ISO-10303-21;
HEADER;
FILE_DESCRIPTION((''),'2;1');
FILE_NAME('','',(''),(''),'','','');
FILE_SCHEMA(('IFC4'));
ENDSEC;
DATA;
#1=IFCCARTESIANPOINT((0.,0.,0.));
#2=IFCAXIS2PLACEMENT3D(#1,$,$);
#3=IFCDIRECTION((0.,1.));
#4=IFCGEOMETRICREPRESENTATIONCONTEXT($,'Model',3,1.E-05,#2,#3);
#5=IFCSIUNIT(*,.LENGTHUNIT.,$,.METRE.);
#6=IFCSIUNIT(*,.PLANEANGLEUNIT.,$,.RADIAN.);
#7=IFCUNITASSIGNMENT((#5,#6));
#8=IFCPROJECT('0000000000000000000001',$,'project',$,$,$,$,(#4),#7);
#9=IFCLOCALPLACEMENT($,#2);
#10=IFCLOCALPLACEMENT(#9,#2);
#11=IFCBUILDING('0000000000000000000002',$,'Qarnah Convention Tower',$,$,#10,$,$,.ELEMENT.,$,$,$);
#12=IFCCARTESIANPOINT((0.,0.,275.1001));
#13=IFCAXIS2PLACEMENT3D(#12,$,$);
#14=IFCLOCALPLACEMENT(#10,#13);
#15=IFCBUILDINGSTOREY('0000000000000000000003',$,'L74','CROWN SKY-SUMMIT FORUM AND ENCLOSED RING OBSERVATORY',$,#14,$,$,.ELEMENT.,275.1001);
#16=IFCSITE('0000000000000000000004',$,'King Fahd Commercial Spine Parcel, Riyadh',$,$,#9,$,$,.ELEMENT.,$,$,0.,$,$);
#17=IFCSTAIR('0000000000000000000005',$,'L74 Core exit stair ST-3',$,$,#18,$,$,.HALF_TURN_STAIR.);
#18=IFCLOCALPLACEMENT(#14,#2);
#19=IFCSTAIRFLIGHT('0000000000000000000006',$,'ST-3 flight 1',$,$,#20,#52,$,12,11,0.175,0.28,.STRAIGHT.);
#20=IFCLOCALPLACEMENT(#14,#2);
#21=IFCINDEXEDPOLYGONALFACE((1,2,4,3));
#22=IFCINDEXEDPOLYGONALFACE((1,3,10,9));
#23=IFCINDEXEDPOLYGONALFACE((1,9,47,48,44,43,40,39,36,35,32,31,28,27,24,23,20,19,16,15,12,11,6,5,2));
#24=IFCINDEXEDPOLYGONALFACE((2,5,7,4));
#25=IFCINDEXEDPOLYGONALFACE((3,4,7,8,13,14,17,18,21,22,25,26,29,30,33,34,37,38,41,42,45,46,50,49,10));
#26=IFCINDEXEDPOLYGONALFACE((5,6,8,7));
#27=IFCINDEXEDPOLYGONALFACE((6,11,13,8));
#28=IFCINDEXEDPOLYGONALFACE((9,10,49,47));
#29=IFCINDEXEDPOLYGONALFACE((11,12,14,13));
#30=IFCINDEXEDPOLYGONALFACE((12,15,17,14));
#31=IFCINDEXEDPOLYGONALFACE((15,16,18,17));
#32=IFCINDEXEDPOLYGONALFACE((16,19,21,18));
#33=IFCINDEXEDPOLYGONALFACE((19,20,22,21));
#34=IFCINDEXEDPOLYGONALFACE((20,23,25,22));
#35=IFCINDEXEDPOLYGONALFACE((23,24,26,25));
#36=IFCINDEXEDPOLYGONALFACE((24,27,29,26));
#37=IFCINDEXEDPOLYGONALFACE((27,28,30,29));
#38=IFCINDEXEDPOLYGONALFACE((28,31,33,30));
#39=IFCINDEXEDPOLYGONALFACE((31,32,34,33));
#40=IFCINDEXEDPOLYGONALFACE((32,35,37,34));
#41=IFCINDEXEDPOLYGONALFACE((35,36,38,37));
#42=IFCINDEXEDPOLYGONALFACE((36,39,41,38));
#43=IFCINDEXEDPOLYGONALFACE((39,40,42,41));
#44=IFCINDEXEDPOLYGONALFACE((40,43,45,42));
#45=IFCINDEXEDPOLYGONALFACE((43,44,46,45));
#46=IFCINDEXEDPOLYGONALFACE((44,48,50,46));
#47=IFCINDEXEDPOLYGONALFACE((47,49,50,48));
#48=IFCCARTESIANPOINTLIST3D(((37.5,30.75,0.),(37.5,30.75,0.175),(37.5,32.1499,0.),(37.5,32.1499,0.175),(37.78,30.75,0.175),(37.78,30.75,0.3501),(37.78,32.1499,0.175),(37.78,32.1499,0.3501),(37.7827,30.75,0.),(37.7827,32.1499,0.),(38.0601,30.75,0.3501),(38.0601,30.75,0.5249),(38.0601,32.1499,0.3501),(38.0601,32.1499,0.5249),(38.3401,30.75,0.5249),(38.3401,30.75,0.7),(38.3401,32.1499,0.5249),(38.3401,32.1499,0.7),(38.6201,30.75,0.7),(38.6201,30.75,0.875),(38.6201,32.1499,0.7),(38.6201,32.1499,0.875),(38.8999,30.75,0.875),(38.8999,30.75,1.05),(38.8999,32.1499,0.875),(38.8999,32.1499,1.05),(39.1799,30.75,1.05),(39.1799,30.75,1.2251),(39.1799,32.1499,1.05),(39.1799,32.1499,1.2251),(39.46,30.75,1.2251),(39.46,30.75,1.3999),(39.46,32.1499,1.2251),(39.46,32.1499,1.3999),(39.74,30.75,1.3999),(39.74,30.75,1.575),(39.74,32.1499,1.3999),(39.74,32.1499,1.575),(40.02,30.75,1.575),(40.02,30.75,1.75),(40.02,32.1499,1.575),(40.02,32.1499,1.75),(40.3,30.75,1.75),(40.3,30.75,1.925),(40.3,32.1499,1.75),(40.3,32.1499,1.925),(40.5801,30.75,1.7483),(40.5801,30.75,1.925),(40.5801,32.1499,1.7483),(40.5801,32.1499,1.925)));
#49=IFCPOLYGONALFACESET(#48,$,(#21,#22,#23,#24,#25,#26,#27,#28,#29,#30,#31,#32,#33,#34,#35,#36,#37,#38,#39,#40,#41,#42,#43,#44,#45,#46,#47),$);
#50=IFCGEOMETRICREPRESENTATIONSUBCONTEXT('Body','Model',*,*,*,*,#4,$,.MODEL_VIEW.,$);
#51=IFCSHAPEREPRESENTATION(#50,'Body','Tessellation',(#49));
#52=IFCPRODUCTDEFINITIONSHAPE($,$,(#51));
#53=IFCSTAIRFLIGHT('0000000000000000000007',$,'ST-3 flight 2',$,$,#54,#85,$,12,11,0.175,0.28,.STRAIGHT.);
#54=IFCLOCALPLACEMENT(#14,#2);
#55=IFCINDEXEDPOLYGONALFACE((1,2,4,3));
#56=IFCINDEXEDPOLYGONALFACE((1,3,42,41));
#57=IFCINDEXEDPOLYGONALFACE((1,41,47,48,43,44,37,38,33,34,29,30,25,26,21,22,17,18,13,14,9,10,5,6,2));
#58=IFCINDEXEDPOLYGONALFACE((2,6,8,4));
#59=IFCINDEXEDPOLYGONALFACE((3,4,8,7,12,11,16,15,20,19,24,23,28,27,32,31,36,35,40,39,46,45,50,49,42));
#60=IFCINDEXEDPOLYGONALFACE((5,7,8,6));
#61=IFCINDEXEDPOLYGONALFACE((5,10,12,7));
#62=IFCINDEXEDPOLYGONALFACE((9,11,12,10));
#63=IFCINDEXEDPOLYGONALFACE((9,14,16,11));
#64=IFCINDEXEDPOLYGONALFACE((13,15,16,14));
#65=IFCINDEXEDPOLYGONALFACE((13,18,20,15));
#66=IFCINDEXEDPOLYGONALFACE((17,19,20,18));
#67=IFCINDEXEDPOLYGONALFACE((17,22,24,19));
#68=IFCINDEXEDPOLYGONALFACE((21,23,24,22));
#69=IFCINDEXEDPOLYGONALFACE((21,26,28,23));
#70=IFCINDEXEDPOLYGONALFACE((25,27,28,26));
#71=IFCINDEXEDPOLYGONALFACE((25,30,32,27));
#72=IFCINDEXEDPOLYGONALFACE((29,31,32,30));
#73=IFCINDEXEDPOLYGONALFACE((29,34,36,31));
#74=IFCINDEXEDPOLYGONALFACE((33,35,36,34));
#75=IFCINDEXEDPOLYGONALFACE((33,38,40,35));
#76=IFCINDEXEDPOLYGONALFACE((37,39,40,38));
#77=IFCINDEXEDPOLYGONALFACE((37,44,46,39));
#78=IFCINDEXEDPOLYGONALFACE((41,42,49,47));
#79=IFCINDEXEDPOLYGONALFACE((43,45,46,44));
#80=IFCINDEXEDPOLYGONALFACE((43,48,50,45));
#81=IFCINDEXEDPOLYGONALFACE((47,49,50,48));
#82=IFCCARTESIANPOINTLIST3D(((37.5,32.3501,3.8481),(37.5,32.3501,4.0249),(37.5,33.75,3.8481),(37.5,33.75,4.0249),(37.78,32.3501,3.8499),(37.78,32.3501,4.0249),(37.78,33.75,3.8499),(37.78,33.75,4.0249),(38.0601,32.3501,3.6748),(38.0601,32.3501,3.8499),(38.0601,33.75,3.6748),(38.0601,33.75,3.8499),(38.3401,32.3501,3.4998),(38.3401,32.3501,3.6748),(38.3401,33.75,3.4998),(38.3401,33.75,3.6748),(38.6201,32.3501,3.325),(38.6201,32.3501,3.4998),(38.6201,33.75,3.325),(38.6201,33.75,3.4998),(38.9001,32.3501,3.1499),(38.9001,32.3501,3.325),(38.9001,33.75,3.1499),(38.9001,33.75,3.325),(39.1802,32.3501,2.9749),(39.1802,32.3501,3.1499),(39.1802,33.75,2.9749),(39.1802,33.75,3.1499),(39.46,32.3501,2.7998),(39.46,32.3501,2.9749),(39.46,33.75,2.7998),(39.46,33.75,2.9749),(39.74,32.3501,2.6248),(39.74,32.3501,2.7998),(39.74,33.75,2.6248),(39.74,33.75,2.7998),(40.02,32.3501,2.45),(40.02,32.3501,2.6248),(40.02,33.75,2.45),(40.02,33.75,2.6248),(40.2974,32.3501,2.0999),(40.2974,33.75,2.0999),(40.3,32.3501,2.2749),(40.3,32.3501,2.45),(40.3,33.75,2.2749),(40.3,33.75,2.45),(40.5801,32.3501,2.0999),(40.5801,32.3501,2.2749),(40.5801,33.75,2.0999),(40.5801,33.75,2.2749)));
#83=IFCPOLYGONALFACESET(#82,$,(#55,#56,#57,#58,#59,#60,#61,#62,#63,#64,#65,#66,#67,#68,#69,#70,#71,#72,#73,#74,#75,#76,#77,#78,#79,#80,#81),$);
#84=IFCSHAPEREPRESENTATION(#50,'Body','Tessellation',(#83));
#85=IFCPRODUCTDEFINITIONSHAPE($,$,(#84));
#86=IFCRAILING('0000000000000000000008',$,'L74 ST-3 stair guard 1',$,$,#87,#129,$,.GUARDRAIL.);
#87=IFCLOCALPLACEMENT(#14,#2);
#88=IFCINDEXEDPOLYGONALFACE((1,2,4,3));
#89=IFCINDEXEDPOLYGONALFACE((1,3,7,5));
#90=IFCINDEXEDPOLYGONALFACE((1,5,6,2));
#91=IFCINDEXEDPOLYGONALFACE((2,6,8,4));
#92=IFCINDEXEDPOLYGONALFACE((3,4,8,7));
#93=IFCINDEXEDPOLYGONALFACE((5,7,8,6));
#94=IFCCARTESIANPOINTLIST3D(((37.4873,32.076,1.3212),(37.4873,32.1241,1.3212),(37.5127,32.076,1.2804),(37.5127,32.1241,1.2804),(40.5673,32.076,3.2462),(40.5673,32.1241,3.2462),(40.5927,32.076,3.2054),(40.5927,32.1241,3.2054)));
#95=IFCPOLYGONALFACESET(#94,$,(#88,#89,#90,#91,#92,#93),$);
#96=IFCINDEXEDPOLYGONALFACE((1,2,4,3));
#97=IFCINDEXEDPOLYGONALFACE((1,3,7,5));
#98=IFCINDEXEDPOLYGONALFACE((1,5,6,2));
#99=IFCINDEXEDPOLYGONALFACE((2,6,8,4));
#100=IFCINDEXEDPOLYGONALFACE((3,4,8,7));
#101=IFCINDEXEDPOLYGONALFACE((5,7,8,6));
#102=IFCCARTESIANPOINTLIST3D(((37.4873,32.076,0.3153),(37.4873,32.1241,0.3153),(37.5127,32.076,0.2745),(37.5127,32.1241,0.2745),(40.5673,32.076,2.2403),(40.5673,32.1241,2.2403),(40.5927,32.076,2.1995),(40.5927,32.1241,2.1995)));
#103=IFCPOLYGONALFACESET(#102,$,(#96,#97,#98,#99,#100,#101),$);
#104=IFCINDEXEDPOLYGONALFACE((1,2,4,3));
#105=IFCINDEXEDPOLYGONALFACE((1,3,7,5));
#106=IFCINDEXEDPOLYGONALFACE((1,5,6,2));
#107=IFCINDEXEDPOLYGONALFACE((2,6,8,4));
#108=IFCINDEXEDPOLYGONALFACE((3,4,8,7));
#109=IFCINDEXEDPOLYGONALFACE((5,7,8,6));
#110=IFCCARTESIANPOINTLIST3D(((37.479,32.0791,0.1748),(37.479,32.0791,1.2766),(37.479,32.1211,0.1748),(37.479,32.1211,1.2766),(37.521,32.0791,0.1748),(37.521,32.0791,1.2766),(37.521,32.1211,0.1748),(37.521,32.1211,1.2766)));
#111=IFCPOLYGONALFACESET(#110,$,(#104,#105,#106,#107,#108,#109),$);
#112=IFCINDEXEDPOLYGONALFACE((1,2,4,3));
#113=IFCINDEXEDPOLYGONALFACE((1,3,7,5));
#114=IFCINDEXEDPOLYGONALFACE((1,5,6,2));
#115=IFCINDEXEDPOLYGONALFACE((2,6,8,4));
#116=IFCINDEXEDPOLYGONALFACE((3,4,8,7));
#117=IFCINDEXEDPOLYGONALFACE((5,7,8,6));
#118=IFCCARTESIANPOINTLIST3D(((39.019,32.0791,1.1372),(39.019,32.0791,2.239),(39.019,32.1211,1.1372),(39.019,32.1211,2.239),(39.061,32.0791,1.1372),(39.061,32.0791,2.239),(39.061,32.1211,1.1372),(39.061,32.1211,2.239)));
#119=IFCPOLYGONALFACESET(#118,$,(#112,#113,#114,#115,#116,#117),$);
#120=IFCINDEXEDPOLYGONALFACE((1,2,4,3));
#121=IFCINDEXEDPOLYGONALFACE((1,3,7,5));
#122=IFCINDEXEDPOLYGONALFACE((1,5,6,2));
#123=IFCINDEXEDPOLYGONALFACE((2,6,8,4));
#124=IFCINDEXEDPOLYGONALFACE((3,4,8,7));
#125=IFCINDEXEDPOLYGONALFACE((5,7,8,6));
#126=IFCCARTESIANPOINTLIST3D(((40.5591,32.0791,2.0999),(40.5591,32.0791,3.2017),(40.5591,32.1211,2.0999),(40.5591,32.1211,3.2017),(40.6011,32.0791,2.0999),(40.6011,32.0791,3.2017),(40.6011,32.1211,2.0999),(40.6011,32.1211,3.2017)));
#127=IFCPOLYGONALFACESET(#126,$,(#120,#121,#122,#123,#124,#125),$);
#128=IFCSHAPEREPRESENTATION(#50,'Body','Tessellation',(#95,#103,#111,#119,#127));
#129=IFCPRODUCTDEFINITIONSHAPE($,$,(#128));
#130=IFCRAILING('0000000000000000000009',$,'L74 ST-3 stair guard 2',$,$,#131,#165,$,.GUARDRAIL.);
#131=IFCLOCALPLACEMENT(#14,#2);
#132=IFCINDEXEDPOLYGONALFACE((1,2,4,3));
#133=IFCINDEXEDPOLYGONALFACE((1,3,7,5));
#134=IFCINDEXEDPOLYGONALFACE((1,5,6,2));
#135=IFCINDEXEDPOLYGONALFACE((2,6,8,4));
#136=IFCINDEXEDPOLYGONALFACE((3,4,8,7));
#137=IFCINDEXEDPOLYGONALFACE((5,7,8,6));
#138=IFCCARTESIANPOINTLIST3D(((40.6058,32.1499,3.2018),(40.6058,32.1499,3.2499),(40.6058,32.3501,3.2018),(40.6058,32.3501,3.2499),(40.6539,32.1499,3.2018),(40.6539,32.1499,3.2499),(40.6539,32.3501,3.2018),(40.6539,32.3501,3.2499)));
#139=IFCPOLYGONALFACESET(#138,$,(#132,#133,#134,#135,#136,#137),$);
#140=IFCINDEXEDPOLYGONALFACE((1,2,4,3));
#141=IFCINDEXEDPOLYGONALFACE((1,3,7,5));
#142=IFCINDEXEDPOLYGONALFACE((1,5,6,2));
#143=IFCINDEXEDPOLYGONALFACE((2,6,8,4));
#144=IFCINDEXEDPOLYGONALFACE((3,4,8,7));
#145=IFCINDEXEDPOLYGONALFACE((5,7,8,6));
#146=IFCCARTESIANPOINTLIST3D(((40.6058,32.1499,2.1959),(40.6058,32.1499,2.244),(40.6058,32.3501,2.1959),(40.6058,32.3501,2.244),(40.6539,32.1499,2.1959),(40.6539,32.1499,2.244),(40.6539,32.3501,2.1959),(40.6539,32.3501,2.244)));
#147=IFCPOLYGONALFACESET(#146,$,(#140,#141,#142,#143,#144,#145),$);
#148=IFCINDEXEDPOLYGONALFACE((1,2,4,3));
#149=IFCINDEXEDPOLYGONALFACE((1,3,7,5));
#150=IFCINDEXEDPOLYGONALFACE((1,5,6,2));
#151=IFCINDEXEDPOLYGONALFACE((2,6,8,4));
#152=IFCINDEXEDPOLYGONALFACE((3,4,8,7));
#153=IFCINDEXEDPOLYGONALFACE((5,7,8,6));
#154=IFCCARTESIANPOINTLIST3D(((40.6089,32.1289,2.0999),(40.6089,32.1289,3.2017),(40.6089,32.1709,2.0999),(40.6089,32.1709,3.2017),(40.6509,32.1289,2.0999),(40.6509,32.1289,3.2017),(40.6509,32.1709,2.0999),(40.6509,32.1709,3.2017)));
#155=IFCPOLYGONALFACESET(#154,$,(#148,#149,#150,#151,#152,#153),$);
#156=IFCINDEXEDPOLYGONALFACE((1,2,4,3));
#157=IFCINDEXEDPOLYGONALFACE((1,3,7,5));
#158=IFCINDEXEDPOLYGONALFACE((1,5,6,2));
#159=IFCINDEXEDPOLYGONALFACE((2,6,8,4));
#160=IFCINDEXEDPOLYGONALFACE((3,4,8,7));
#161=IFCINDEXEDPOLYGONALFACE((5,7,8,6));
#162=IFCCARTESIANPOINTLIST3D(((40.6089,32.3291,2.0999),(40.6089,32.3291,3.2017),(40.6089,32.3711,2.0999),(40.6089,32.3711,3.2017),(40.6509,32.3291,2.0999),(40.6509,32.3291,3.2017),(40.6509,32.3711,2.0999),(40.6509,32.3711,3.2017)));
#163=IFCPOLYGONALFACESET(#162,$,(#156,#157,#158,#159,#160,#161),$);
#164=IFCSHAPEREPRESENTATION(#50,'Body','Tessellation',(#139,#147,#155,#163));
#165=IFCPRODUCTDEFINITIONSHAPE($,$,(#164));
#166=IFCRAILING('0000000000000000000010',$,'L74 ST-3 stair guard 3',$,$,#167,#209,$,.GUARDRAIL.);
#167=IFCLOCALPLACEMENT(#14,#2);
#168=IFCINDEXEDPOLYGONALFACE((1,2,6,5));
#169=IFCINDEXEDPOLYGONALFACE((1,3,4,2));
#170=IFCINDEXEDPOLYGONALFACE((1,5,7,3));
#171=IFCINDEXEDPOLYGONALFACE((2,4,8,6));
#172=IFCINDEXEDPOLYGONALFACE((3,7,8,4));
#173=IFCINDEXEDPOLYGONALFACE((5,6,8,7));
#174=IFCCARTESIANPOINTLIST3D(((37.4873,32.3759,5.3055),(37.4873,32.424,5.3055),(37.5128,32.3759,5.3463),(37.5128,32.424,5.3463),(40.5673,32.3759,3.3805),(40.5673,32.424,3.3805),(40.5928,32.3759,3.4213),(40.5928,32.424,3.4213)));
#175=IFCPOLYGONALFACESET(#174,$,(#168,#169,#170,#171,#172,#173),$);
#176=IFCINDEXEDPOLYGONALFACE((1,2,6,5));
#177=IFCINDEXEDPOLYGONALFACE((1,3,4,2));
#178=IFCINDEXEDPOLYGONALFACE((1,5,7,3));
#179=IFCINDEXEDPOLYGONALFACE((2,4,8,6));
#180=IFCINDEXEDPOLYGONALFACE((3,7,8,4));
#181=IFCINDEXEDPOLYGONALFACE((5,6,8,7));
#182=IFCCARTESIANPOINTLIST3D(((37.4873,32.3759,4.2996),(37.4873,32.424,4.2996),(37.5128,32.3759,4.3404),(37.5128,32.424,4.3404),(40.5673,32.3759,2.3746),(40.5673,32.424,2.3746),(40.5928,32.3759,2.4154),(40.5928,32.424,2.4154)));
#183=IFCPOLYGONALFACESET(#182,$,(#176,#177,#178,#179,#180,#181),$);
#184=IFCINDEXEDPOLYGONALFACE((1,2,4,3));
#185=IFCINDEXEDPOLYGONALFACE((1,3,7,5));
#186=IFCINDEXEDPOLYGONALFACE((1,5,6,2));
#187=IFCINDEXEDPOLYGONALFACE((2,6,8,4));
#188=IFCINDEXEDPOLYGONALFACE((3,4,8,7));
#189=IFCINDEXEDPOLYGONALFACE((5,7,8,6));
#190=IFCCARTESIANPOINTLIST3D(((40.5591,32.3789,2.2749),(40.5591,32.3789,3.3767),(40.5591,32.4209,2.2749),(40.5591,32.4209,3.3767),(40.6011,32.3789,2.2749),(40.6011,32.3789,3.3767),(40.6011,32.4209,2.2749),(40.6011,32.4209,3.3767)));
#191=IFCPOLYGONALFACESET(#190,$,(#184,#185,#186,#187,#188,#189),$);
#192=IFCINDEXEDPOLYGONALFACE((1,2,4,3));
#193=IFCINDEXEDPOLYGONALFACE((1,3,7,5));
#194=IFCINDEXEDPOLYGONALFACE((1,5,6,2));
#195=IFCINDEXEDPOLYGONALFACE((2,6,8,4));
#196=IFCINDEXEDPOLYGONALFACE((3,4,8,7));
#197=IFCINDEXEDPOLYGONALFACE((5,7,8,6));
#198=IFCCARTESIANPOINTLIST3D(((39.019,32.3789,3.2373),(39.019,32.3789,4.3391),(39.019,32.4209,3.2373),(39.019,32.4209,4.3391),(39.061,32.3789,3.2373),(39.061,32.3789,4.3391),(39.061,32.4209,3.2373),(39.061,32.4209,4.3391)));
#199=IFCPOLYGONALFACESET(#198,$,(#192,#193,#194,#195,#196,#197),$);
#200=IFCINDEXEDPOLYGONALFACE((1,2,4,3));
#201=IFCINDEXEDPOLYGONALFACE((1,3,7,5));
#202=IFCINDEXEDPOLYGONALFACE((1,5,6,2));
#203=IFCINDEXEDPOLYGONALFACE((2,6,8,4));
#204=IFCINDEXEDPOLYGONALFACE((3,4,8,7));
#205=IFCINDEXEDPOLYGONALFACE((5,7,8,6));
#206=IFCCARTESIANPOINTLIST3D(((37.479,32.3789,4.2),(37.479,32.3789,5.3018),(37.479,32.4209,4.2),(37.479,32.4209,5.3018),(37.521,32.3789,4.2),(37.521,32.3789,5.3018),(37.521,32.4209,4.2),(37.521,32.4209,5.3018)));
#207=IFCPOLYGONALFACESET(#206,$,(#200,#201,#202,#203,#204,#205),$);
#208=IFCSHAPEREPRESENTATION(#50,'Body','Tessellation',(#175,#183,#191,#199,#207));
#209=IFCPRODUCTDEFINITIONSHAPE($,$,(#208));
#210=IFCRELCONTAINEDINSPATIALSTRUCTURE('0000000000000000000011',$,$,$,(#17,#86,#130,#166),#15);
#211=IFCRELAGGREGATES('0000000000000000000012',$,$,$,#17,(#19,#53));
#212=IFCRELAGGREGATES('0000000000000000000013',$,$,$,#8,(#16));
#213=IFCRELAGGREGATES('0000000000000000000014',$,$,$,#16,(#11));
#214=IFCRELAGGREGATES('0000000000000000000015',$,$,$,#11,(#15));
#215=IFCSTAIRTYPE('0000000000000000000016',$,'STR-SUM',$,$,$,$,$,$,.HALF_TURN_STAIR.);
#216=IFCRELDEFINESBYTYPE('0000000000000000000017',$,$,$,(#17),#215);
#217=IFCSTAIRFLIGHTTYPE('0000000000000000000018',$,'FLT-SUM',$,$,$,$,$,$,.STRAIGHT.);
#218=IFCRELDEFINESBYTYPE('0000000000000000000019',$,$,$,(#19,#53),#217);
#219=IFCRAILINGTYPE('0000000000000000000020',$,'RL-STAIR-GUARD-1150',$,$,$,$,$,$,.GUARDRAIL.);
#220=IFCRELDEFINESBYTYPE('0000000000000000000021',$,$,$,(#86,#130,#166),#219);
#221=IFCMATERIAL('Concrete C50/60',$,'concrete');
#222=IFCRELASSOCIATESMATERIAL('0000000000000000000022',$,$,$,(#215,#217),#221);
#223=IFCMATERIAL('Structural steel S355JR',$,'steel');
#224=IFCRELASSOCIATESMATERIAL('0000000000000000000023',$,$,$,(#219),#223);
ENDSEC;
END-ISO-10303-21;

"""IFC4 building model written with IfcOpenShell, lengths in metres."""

from ifc_helpers import new_model, si_unit, direction, frame, origin, origin_2d, place, context, subcontext, project, spatial, polyline, rectangle, outline, extrude, material, type_object, element, aggregate, save


model = new_model("IFC4")

# Units and contexts
model_context = context("Model", 3, precision=1e-05, world=origin(), true_north=direction((0.0, 1.0)))
body_context = subcontext(model_context, "Body", "Model", "MODEL_VIEW")
ifc_project = project(units=[si_unit("LENGTHUNIT", "METRE"), si_unit("PLANEANGLEUNIT", "RADIAN")], contexts=[model_context])

# Site, building, storey
site_placement = place(None, origin())
site = spatial("IfcSite", under=ifc_project, at=site_placement, Name="King Fahd Commercial Spine Parcel, Riyadh", CompositionType="ELEMENT", RefElevation=0.0)
building_placement = place(site_placement, origin())
building = spatial("IfcBuilding", under=site, at=building_placement, Name="Qarnah Convention Tower", CompositionType="ELEMENT")
storey_placement = place(building_placement, frame((0.0, 0.0, 275.1001)))
storey = spatial("IfcBuildingStorey", under=building, at=storey_placement, Name="L74", Description="CROWN SKY-SUMMIT FORUM AND ENCLOSED RING OBSERVATORY", CompositionType="ELEMENT", Elevation=275.1001)

# Shared definitions
ifc_material_1 = material(Name="Concrete C50/60", Category="concrete")

# Shared definitions
ifc_material_2 = material(Name="Structural steel S355JR", Category="steel")

# Stair, stair flights
stair_type = type_object("IfcStairType", Name="STR-SUM", PredefinedType="HALF_TURN_STAIR", material=ifc_material_1)
stair_placement = place(storey_placement, origin())
stair = element("IfcStair", 1, at=stair_placement, inside=storey, type_object=stair_type, Name="L74 Core exit stair ST-3", PredefinedType="HALF_TURN_STAIR")
stair_flight_type = type_object("IfcStairFlightType", Name="FLT-SUM", PredefinedType="STRAIGHT", material=ifc_material_1)
stair_flight_1_placement = place(storey_placement, frame((37.5, 31.45, 0.0), z_axis=(0.0, 0.0, 1.0), x_axis=(1.0, 0.0, 0.0)))
stair_flight_1 = element("IfcStairFlight", 2, at=stair_flight_1_placement, type_object=stair_flight_type, Name="ST-3 flight 1", NumberOfRisers=12, NumberOfTreads=11, PredefinedType="STRAIGHT", RiserHeight=0.175, TreadLength=0.28, context=body_context, shape_type="SweptSolid", body=[
    extrude(outline(polyline([(0.0, 0.0), (0.0, 0.175), (0.28, 0.175), (0.28, 0.3501), (0.5601, 0.3501), (0.5601, 0.5249), (0.8401, 0.5249), (0.8401, 0.7), (1.1201, 0.7), (1.1201, 0.875), (1.3999, 0.875), (1.3999, 1.05), (1.6799, 1.05), (1.6799, 1.2251), (1.96, 1.2251), (1.96, 1.3999), (2.24, 1.3999), (2.24, 1.575), (2.52, 1.575), (2.52, 1.75), (2.8, 1.75), (2.8, 1.925), (3.0801, 1.925), (3.0801, 2.1001), (3.0801, 1.7483), (0.2827, 0.0), (0.0, 0.0)])), frame((0.0, 0.7, 0.0), z_axis=(0.0, -1.0, 0.0), x_axis=(1.0, 0.0, 0.0)), (0.0, 0.0, 1.0), 1.3999),
])
stair_flight_2_placement = place(storey_placement, frame((40.5801, 33.05, 2.0999), z_axis=(0.0, 0.0, 1.0), x_axis=(-1.0, 0.0, 0.0)))
stair_flight_2 = element("IfcStairFlight", 3, at=stair_flight_2_placement, type_object=stair_flight_type, Name="ST-3 flight 2", NumberOfRisers=12, NumberOfTreads=11, PredefinedType="STRAIGHT", RiserHeight=0.175, TreadLength=0.28, context=body_context, shape_type="SweptSolid", body=[
    extrude(outline(polyline([(0.0, 0.0), (0.0, 0.175), (0.28, 0.175), (0.28, 0.3501), (0.5601, 0.3501), (0.5601, 0.5249), (0.8401, 0.5249), (0.8401, 0.7), (1.1201, 0.7), (1.1201, 0.875), (1.3999, 0.875), (1.3999, 1.05), (1.6799, 1.05), (1.6799, 1.2251), (1.96, 1.2251), (1.96, 1.3999), (2.24, 1.3999), (2.24, 1.575), (2.52, 1.575), (2.52, 1.75), (2.8, 1.75), (2.8, 1.925), (3.0801, 1.925), (3.0801, 2.1001), (3.0801, 1.7483), (0.2827, 0.0), (0.0, 0.0)])), frame((0.0, 0.7, 0.0), z_axis=(0.0, -1.0, 0.0), x_axis=(1.0, 0.0, 0.0)), (0.0, 0.0, 1.0), 1.3999),
])
aggregate(stair, [stair_flight_1, stair_flight_2])

# Railings
railing_type_1 = type_object("IfcRailingType", Name="RL-STAIR-GUARD-1150", PredefinedType="GUARDRAIL", material=ifc_material_2)
railing_1_placement = place(storey_placement, frame((37.5, 32.1001, 0.1748)))
element("IfcRailing", 4, at=railing_1_placement, inside=storey, type_object=railing_type_1, Name="L74 ST-3 stair guard 1", PredefinedType="GUARDRAIL", context=body_context, shape_type="SweptSolid", body=[
    extrude(rectangle(XDim=0.0481, YDim=0.0481, at=origin_2d()), frame((0.0, 0.0, 1.126), z_axis=(0.847998, 0.0, 0.529999), x_axis=(0.0, 1.0, 0.0)), (0.0, 0.0, 1.0), 3.6321),
    extrude(rectangle(XDim=0.0481, YDim=0.0481, at=origin_2d()), frame((0.0, 0.0, 0.1201), z_axis=(0.847998, 0.0, 0.529999), x_axis=(0.0, 1.0, 0.0)), (0.0, 0.0, 1.0), 3.6321),
    extrude(rectangle(XDim=0.042, YDim=0.042, at=origin_2d()), origin(), (0.0, 0.0, 1.0), 1.1018),
    extrude(rectangle(XDim=0.042, YDim=0.042, at=origin_2d()), frame((1.54, 0.0, 0.9624)), (0.0, 0.0, 1.0), 1.1018),
    extrude(rectangle(XDim=0.042, YDim=0.042, at=origin_2d()), frame((3.0801, 0.0, 1.925)), (0.0, 0.0, 1.0), 1.1018),
])
railing_2_placement = place(storey_placement, frame((40.6299, 32.1499, 2.0999)))
element("IfcRailing", 5, at=railing_2_placement, inside=storey, type_object=railing_type_1, Name="L74 ST-3 stair guard 2", PredefinedType="GUARDRAIL", context=body_context, shape_type="SweptSolid", body=[
    extrude(rectangle(XDim=0.0481, YDim=0.0481, at=origin_2d()), frame((0.0, 0.0, 1.126), z_axis=(0.0, 1.0, 0.0), x_axis=(-1.0, 0.0, 0.0)), (0.0, 0.0, 1.0), 0.2002),
    extrude(rectangle(XDim=0.0481, YDim=0.0481, at=origin_2d()), frame((0.0, 0.0, 0.1201), z_axis=(0.0, 1.0, 0.0), x_axis=(-1.0, 0.0, 0.0)), (0.0, 0.0, 1.0), 0.2002),
    extrude(rectangle(XDim=0.042, YDim=0.042, at=origin_2d()), origin(), (0.0, 0.0, 1.0), 1.1018),
    extrude(rectangle(XDim=0.042, YDim=0.042, at=origin_2d()), frame((0.0, 0.2002, 0.0)), (0.0, 0.0, 1.0), 1.1018),
])
railing_3_placement = place(storey_placement, frame((40.5801, 32.3999, 2.2749)))
element("IfcRailing", 6, at=railing_3_placement, inside=storey, type_object=railing_type_1, Name="L74 ST-3 stair guard 3", PredefinedType="GUARDRAIL", context=body_context, shape_type="SweptSolid", body=[
    extrude(rectangle(XDim=0.0481, YDim=0.0481, at=origin_2d()), frame((0.0, 0.0, 1.126), z_axis=(-0.847998, 0.0, 0.529999), x_axis=(0.0, -1.0, 0.0)), (0.0, 0.0, 1.0), 3.6321),
    extrude(rectangle(XDim=0.0481, YDim=0.0481, at=origin_2d()), frame((0.0, 0.0, 0.1201), z_axis=(-0.847998, 0.0, 0.529999), x_axis=(0.0, -1.0, 0.0)), (0.0, 0.0, 1.0), 3.6321),
    extrude(rectangle(XDim=0.042, YDim=0.042, at=origin_2d()), origin(), (0.0, 0.0, 1.0), 1.1018),
    extrude(rectangle(XDim=0.042, YDim=0.042, at=origin_2d()), frame((-1.54, 0.0, 0.9624)), (0.0, 0.0, 1.0), 1.1018),
    extrude(rectangle(XDim=0.042, YDim=0.042, at=origin_2d()), frame((-3.0801, 0.0, 1.925)), (0.0, 0.0, 1.0), 1.1018),
])

save(model, "model.ifc")
